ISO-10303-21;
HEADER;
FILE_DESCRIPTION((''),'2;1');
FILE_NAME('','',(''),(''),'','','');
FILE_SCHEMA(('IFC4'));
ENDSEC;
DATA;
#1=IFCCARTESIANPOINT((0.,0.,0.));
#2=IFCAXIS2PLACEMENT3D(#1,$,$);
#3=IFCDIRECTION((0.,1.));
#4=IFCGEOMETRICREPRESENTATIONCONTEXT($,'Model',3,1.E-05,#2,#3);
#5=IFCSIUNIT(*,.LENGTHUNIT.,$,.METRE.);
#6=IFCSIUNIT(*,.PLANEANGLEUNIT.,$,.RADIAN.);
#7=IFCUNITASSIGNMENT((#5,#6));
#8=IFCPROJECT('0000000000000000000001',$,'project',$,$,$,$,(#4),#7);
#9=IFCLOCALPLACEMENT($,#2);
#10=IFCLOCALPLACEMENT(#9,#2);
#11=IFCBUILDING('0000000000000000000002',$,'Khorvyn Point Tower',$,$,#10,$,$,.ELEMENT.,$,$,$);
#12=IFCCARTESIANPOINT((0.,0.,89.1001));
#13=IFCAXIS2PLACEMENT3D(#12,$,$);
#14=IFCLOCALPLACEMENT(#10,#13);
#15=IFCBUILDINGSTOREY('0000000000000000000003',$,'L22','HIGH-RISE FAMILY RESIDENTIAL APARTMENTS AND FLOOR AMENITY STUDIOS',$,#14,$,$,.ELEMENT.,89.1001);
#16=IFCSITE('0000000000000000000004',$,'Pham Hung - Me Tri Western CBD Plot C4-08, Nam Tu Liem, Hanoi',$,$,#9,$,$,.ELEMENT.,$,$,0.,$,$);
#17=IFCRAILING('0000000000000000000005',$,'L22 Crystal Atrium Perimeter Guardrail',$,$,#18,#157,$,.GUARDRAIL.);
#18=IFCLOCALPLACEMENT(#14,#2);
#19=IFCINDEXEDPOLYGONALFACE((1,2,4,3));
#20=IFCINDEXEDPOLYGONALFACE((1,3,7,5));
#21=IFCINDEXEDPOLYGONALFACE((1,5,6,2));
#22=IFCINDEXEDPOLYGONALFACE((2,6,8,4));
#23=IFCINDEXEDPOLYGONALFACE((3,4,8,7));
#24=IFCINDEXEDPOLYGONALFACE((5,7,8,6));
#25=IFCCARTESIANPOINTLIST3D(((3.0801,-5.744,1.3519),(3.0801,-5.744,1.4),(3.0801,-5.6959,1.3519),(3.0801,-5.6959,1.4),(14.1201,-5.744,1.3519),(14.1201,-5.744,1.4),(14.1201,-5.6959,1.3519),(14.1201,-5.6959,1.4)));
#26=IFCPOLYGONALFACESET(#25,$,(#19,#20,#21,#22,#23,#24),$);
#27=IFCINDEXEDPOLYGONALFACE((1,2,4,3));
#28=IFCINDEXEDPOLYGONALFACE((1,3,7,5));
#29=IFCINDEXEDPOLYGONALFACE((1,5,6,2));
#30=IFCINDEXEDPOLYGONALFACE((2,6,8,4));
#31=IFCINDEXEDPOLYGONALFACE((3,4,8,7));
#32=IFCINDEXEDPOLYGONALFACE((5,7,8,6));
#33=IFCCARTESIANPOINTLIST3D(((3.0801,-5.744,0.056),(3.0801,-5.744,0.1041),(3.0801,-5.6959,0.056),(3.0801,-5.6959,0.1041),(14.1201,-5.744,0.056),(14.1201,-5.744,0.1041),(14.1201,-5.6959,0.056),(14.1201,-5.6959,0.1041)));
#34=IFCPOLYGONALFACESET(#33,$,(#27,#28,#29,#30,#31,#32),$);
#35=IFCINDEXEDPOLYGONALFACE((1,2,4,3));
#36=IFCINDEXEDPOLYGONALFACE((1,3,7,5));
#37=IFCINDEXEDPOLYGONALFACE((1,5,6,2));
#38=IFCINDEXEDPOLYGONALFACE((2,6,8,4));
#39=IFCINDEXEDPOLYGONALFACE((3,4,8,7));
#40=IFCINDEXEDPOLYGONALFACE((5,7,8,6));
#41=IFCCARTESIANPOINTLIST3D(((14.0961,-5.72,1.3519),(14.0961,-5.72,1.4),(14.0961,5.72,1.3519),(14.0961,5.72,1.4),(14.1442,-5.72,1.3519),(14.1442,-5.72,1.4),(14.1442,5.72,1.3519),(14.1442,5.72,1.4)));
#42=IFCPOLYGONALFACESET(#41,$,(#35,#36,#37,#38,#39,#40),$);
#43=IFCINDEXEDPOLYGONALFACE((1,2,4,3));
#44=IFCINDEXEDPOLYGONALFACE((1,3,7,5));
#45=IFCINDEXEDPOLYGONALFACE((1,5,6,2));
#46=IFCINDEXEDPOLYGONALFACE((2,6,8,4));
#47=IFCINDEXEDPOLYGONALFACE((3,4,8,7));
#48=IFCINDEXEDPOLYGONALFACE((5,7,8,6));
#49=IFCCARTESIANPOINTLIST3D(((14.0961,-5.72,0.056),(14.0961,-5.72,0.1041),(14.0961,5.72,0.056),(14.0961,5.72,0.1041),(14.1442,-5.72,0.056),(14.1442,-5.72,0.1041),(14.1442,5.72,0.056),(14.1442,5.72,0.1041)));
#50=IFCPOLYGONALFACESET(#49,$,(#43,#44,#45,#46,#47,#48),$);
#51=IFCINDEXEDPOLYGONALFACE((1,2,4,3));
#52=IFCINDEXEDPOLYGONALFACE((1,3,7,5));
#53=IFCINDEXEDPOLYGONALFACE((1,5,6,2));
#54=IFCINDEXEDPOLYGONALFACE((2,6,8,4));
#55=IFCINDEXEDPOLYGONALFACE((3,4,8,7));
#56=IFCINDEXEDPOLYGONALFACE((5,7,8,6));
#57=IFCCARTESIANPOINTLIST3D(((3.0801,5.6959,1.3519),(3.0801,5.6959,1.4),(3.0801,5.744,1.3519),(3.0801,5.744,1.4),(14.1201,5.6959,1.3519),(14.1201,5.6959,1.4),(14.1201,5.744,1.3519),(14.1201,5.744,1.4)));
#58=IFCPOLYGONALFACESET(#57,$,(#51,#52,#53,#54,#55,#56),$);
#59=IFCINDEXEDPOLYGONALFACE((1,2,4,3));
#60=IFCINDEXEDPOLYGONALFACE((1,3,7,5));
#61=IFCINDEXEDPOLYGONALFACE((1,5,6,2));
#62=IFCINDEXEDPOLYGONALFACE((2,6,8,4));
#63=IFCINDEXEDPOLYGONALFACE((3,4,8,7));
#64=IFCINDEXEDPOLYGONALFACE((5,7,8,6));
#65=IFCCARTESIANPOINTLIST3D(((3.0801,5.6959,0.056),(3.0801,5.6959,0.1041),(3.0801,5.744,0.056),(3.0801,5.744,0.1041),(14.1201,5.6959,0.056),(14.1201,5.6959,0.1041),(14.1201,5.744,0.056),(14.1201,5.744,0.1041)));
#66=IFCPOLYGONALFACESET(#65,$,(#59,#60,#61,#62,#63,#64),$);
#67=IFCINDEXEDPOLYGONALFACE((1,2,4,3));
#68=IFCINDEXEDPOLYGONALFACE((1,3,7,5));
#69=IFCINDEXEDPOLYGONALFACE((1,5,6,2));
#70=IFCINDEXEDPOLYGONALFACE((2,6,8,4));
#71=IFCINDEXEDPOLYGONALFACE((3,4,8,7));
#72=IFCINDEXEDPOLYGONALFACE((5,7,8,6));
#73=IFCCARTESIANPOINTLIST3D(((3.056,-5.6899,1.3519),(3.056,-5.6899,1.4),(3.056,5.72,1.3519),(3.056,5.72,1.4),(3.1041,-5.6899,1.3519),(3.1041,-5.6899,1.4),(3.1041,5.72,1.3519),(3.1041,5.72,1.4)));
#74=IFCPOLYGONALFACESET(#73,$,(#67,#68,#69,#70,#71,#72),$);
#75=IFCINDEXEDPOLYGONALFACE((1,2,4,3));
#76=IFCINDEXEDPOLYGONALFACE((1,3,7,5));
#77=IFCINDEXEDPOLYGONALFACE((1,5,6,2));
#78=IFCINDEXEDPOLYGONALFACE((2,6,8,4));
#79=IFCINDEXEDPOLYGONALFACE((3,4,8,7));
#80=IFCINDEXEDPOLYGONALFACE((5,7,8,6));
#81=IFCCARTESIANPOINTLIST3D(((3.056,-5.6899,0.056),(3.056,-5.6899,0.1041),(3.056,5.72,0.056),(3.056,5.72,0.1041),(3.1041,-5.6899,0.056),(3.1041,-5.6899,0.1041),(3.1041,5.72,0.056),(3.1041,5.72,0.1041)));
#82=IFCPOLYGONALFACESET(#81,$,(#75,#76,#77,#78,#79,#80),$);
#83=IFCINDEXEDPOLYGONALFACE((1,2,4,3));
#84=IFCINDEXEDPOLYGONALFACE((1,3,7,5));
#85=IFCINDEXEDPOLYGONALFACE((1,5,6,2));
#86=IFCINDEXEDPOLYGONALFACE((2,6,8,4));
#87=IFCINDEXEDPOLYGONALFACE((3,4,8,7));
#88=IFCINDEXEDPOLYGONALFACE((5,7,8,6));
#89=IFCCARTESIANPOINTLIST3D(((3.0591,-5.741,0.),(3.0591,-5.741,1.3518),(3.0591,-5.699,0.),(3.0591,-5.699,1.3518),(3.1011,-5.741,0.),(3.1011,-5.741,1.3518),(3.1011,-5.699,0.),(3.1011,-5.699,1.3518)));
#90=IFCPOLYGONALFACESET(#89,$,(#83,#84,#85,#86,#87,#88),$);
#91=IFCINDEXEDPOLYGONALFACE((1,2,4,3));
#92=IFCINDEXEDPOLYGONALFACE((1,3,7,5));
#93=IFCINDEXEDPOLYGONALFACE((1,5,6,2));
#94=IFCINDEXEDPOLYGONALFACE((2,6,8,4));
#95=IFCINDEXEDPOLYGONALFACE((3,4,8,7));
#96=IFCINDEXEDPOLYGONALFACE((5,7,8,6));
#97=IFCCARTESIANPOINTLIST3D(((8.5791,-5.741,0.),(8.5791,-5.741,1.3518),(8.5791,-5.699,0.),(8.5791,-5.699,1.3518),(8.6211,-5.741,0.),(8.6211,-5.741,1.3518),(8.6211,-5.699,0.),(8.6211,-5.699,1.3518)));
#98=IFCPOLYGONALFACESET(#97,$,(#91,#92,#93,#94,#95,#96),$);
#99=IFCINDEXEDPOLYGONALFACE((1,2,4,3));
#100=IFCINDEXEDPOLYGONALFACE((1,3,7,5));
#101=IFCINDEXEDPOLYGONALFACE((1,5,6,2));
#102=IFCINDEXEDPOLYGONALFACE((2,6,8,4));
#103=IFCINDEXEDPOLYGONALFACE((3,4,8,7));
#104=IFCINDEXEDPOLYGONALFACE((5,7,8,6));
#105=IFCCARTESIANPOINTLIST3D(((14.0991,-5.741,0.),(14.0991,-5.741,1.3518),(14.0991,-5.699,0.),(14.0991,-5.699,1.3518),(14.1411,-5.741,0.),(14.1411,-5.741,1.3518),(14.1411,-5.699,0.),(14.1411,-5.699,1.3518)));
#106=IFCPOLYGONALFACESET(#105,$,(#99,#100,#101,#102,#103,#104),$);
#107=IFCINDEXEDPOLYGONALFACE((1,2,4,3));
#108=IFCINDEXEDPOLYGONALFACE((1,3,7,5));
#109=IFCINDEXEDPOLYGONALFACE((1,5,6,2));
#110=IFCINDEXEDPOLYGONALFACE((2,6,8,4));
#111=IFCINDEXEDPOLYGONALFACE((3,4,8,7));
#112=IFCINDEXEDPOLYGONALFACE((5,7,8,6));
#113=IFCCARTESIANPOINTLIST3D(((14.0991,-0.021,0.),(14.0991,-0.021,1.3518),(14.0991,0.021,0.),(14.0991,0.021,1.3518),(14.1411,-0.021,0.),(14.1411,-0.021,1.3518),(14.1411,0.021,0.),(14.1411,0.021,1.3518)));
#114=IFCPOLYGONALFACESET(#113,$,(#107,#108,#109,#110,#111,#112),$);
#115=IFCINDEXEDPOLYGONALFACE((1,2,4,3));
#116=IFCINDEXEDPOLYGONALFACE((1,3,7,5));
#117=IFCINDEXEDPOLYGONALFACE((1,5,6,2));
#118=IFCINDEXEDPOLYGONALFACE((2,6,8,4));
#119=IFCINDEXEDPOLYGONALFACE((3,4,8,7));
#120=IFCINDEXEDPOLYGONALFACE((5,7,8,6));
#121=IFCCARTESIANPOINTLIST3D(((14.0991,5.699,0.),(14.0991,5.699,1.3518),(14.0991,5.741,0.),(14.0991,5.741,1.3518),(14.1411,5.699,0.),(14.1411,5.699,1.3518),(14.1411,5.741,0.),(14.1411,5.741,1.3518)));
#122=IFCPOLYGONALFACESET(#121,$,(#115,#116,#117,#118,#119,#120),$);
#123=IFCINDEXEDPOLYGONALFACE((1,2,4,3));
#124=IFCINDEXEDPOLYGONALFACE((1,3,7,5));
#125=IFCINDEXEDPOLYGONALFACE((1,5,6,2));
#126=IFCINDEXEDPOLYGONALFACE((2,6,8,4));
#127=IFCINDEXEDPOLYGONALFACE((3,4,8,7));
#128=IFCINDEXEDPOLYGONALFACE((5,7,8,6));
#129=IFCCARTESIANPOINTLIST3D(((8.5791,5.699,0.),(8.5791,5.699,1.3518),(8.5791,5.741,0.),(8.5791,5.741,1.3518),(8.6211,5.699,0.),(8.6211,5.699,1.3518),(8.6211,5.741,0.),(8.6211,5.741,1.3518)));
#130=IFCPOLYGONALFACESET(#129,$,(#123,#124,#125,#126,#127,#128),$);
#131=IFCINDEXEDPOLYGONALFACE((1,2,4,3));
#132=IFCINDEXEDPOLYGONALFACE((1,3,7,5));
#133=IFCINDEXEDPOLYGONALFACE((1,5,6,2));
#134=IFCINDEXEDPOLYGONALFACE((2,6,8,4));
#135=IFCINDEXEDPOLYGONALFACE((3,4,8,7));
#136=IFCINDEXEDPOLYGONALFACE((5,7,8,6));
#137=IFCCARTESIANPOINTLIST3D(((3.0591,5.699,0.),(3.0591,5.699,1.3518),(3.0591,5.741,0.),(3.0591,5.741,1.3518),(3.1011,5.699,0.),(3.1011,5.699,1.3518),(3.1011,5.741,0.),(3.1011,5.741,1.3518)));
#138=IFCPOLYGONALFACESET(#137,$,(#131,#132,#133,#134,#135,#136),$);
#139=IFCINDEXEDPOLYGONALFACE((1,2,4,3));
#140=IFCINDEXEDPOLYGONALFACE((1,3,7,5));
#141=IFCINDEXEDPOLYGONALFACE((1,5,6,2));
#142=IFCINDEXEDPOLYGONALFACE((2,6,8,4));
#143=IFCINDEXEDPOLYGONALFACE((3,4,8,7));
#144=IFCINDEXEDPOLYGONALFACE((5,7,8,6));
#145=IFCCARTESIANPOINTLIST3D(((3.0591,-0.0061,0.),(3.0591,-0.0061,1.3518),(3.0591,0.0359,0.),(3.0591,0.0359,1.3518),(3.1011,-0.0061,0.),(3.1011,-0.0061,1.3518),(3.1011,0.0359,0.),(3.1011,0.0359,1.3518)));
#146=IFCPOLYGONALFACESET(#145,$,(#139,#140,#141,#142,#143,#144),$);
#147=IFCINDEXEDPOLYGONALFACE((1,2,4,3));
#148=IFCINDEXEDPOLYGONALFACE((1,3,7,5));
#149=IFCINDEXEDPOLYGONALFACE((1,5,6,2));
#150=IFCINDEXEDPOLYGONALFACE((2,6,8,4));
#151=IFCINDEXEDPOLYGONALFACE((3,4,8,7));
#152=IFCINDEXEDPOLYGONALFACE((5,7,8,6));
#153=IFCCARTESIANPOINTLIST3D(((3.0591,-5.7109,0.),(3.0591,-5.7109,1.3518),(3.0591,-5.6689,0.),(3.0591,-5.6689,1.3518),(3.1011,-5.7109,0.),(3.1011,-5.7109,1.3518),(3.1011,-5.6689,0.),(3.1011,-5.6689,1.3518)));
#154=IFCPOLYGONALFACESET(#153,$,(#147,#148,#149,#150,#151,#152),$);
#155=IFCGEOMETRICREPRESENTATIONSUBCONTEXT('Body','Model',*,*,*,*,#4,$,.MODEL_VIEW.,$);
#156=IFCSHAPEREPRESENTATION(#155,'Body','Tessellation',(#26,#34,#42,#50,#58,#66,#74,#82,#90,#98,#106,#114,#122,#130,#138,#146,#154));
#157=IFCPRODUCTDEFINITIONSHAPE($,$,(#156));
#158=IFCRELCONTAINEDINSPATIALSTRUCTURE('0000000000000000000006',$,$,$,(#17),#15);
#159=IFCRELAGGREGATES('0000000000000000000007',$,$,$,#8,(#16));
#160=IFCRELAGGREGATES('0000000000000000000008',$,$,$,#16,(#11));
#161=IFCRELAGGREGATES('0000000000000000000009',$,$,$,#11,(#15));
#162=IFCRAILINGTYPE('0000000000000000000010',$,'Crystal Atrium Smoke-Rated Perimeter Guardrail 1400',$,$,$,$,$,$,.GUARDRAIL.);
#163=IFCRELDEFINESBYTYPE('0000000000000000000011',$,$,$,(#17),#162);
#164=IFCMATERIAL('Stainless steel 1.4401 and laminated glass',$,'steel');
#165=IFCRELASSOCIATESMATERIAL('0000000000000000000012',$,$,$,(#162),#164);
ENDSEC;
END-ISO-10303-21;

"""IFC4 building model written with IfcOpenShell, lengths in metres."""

from ifc_helpers import new_model, si_unit, direction, frame, origin, origin_2d, place, context, subcontext, project, spatial, rectangle, extrude, material, type_object, element, save


model = new_model("IFC4")

# Units and contexts
model_context = context("Model", 3, precision=1e-05, world=origin(), true_north=direction((0.0, 1.0)))
body_context = subcontext(model_context, "Body", "Model", "MODEL_VIEW")
ifc_project = project(units=[si_unit("LENGTHUNIT", "METRE"), si_unit("PLANEANGLEUNIT", "RADIAN")], contexts=[model_context])

# Site, building, storey
site_placement = place(None, origin())
site = spatial("IfcSite", under=ifc_project, at=site_placement, Name="Pham Hung - Me Tri Western CBD Plot C4-08, Nam Tu Liem, Hanoi", CompositionType="ELEMENT", RefElevation=0.0)
building_placement = place(site_placement, origin())
building = spatial("IfcBuilding", under=site, at=building_placement, Name="Khorvyn Point Tower", CompositionType="ELEMENT")
storey_placement = place(building_placement, frame((0.0, 0.0, 89.1001)))
storey = spatial("IfcBuildingStorey", under=building, at=storey_placement, Name="L22", Description="HIGH-RISE FAMILY RESIDENTIAL APARTMENTS AND FLOOR AMENITY STUDIOS", CompositionType="ELEMENT", Elevation=89.1001)

# Railing
ifc_material_1 = material(Name="Stainless steel 1.4401 and laminated glass", Category="steel")
railing_type = type_object("IfcRailingType", Name="Crystal Atrium Smoke-Rated Perimeter Guardrail 1400", PredefinedType="GUARDRAIL", material=ifc_material_1)
railing_placement = place(storey_placement, frame((3.0801, -5.72, 0.0)))
element("IfcRailing", 1, at=railing_placement, inside=storey, type_object=railing_type, Name="L22 Crystal Atrium Perimeter Guardrail", PredefinedType="GUARDRAIL", context=body_context, shape_type="SweptSolid", body=[
    extrude(rectangle(XDim=0.0481, YDim=0.0481, at=origin_2d()), frame((0.0, 0.0, 1.376), z_axis=(1.0, 0.0, 0.0), x_axis=(0.0, 1.0, 0.0)), (0.0, 0.0, 1.0), 11.04),
    extrude(rectangle(XDim=0.0481, YDim=0.0481, at=origin_2d()), frame((0.0, 0.0, 0.0801), z_axis=(1.0, 0.0, 0.0), x_axis=(0.0, 1.0, 0.0)), (0.0, 0.0, 1.0), 11.04),
    extrude(rectangle(XDim=0.0481, YDim=0.0481, at=origin_2d()), frame((11.04, 0.0, 1.376), z_axis=(0.0, 1.0, 0.0), x_axis=(-1.0, 0.0, 0.0)), (0.0, 0.0, 1.0), 11.4399),
    extrude(rectangle(XDim=0.0481, YDim=0.0481, at=origin_2d()), frame((11.04, 0.0, 0.0801), z_axis=(0.0, 1.0, 0.0), x_axis=(-1.0, 0.0, 0.0)), (0.0, 0.0, 1.0), 11.4399),
    extrude(rectangle(XDim=0.0481, YDim=0.0481, at=origin_2d()), frame((11.04, 11.4399, 1.376), z_axis=(-1.0, 0.0, 0.0), x_axis=(0.0, -1.0, 0.0)), (0.0, 0.0, 1.0), 11.04),
    extrude(rectangle(XDim=0.0481, YDim=0.0481, at=origin_2d()), frame((11.04, 11.4399, 0.0801), z_axis=(-1.0, 0.0, 0.0), x_axis=(0.0, -1.0, 0.0)), (0.0, 0.0, 1.0), 11.04),
    extrude(rectangle(XDim=0.0481, YDim=0.0481, at=origin_2d()), frame((0.0, 11.4399, 1.376), z_axis=(0.0, -1.0, 0.0), x_axis=(1.0, 0.0, 0.0)), (0.0, 0.0, 1.0), 11.4099),
    extrude(rectangle(XDim=0.0481, YDim=0.0481, at=origin_2d()), frame((0.0, 11.4399, 0.0801), z_axis=(0.0, -1.0, 0.0), x_axis=(1.0, 0.0, 0.0)), (0.0, 0.0, 1.0), 11.4099),
    extrude(rectangle(XDim=0.042, YDim=0.042, at=origin_2d()), origin(), (0.0, 0.0, 1.0), 1.3518),
    extrude(rectangle(XDim=0.042, YDim=0.042, at=origin_2d()), frame((5.52, 0.0, 0.0)), (0.0, 0.0, 1.0), 1.3518),
    extrude(rectangle(XDim=0.042, YDim=0.042, at=origin_2d()), frame((11.04, 0.0, 0.0)), (0.0, 0.0, 1.0), 1.3518),
    extrude(rectangle(XDim=0.042, YDim=0.042, at=origin_2d()), frame((11.04, 5.72, 0.0)), (0.0, 0.0, 1.0), 1.3518),
    extrude(rectangle(XDim=0.042, YDim=0.042, at=origin_2d()), frame((11.04, 11.4399, 0.0)), (0.0, 0.0, 1.0), 1.3518),
    extrude(rectangle(XDim=0.042, YDim=0.042, at=origin_2d()), frame((5.52, 11.4399, 0.0)), (0.0, 0.0, 1.0), 1.3518),
    extrude(rectangle(XDim=0.042, YDim=0.042, at=origin_2d()), frame((0.0, 11.4399, 0.0)), (0.0, 0.0, 1.0), 1.3518),
    extrude(rectangle(XDim=0.042, YDim=0.042, at=origin_2d()), frame((0.0, 5.7349, 0.0)), (0.0, 0.0, 1.0), 1.3518),
    extrude(rectangle(XDim=0.042, YDim=0.042, at=origin_2d()), frame((0.0, 0.03, 0.0)), (0.0, 0.0, 1.0), 1.3518),
])

save(model, "model.ifc")
